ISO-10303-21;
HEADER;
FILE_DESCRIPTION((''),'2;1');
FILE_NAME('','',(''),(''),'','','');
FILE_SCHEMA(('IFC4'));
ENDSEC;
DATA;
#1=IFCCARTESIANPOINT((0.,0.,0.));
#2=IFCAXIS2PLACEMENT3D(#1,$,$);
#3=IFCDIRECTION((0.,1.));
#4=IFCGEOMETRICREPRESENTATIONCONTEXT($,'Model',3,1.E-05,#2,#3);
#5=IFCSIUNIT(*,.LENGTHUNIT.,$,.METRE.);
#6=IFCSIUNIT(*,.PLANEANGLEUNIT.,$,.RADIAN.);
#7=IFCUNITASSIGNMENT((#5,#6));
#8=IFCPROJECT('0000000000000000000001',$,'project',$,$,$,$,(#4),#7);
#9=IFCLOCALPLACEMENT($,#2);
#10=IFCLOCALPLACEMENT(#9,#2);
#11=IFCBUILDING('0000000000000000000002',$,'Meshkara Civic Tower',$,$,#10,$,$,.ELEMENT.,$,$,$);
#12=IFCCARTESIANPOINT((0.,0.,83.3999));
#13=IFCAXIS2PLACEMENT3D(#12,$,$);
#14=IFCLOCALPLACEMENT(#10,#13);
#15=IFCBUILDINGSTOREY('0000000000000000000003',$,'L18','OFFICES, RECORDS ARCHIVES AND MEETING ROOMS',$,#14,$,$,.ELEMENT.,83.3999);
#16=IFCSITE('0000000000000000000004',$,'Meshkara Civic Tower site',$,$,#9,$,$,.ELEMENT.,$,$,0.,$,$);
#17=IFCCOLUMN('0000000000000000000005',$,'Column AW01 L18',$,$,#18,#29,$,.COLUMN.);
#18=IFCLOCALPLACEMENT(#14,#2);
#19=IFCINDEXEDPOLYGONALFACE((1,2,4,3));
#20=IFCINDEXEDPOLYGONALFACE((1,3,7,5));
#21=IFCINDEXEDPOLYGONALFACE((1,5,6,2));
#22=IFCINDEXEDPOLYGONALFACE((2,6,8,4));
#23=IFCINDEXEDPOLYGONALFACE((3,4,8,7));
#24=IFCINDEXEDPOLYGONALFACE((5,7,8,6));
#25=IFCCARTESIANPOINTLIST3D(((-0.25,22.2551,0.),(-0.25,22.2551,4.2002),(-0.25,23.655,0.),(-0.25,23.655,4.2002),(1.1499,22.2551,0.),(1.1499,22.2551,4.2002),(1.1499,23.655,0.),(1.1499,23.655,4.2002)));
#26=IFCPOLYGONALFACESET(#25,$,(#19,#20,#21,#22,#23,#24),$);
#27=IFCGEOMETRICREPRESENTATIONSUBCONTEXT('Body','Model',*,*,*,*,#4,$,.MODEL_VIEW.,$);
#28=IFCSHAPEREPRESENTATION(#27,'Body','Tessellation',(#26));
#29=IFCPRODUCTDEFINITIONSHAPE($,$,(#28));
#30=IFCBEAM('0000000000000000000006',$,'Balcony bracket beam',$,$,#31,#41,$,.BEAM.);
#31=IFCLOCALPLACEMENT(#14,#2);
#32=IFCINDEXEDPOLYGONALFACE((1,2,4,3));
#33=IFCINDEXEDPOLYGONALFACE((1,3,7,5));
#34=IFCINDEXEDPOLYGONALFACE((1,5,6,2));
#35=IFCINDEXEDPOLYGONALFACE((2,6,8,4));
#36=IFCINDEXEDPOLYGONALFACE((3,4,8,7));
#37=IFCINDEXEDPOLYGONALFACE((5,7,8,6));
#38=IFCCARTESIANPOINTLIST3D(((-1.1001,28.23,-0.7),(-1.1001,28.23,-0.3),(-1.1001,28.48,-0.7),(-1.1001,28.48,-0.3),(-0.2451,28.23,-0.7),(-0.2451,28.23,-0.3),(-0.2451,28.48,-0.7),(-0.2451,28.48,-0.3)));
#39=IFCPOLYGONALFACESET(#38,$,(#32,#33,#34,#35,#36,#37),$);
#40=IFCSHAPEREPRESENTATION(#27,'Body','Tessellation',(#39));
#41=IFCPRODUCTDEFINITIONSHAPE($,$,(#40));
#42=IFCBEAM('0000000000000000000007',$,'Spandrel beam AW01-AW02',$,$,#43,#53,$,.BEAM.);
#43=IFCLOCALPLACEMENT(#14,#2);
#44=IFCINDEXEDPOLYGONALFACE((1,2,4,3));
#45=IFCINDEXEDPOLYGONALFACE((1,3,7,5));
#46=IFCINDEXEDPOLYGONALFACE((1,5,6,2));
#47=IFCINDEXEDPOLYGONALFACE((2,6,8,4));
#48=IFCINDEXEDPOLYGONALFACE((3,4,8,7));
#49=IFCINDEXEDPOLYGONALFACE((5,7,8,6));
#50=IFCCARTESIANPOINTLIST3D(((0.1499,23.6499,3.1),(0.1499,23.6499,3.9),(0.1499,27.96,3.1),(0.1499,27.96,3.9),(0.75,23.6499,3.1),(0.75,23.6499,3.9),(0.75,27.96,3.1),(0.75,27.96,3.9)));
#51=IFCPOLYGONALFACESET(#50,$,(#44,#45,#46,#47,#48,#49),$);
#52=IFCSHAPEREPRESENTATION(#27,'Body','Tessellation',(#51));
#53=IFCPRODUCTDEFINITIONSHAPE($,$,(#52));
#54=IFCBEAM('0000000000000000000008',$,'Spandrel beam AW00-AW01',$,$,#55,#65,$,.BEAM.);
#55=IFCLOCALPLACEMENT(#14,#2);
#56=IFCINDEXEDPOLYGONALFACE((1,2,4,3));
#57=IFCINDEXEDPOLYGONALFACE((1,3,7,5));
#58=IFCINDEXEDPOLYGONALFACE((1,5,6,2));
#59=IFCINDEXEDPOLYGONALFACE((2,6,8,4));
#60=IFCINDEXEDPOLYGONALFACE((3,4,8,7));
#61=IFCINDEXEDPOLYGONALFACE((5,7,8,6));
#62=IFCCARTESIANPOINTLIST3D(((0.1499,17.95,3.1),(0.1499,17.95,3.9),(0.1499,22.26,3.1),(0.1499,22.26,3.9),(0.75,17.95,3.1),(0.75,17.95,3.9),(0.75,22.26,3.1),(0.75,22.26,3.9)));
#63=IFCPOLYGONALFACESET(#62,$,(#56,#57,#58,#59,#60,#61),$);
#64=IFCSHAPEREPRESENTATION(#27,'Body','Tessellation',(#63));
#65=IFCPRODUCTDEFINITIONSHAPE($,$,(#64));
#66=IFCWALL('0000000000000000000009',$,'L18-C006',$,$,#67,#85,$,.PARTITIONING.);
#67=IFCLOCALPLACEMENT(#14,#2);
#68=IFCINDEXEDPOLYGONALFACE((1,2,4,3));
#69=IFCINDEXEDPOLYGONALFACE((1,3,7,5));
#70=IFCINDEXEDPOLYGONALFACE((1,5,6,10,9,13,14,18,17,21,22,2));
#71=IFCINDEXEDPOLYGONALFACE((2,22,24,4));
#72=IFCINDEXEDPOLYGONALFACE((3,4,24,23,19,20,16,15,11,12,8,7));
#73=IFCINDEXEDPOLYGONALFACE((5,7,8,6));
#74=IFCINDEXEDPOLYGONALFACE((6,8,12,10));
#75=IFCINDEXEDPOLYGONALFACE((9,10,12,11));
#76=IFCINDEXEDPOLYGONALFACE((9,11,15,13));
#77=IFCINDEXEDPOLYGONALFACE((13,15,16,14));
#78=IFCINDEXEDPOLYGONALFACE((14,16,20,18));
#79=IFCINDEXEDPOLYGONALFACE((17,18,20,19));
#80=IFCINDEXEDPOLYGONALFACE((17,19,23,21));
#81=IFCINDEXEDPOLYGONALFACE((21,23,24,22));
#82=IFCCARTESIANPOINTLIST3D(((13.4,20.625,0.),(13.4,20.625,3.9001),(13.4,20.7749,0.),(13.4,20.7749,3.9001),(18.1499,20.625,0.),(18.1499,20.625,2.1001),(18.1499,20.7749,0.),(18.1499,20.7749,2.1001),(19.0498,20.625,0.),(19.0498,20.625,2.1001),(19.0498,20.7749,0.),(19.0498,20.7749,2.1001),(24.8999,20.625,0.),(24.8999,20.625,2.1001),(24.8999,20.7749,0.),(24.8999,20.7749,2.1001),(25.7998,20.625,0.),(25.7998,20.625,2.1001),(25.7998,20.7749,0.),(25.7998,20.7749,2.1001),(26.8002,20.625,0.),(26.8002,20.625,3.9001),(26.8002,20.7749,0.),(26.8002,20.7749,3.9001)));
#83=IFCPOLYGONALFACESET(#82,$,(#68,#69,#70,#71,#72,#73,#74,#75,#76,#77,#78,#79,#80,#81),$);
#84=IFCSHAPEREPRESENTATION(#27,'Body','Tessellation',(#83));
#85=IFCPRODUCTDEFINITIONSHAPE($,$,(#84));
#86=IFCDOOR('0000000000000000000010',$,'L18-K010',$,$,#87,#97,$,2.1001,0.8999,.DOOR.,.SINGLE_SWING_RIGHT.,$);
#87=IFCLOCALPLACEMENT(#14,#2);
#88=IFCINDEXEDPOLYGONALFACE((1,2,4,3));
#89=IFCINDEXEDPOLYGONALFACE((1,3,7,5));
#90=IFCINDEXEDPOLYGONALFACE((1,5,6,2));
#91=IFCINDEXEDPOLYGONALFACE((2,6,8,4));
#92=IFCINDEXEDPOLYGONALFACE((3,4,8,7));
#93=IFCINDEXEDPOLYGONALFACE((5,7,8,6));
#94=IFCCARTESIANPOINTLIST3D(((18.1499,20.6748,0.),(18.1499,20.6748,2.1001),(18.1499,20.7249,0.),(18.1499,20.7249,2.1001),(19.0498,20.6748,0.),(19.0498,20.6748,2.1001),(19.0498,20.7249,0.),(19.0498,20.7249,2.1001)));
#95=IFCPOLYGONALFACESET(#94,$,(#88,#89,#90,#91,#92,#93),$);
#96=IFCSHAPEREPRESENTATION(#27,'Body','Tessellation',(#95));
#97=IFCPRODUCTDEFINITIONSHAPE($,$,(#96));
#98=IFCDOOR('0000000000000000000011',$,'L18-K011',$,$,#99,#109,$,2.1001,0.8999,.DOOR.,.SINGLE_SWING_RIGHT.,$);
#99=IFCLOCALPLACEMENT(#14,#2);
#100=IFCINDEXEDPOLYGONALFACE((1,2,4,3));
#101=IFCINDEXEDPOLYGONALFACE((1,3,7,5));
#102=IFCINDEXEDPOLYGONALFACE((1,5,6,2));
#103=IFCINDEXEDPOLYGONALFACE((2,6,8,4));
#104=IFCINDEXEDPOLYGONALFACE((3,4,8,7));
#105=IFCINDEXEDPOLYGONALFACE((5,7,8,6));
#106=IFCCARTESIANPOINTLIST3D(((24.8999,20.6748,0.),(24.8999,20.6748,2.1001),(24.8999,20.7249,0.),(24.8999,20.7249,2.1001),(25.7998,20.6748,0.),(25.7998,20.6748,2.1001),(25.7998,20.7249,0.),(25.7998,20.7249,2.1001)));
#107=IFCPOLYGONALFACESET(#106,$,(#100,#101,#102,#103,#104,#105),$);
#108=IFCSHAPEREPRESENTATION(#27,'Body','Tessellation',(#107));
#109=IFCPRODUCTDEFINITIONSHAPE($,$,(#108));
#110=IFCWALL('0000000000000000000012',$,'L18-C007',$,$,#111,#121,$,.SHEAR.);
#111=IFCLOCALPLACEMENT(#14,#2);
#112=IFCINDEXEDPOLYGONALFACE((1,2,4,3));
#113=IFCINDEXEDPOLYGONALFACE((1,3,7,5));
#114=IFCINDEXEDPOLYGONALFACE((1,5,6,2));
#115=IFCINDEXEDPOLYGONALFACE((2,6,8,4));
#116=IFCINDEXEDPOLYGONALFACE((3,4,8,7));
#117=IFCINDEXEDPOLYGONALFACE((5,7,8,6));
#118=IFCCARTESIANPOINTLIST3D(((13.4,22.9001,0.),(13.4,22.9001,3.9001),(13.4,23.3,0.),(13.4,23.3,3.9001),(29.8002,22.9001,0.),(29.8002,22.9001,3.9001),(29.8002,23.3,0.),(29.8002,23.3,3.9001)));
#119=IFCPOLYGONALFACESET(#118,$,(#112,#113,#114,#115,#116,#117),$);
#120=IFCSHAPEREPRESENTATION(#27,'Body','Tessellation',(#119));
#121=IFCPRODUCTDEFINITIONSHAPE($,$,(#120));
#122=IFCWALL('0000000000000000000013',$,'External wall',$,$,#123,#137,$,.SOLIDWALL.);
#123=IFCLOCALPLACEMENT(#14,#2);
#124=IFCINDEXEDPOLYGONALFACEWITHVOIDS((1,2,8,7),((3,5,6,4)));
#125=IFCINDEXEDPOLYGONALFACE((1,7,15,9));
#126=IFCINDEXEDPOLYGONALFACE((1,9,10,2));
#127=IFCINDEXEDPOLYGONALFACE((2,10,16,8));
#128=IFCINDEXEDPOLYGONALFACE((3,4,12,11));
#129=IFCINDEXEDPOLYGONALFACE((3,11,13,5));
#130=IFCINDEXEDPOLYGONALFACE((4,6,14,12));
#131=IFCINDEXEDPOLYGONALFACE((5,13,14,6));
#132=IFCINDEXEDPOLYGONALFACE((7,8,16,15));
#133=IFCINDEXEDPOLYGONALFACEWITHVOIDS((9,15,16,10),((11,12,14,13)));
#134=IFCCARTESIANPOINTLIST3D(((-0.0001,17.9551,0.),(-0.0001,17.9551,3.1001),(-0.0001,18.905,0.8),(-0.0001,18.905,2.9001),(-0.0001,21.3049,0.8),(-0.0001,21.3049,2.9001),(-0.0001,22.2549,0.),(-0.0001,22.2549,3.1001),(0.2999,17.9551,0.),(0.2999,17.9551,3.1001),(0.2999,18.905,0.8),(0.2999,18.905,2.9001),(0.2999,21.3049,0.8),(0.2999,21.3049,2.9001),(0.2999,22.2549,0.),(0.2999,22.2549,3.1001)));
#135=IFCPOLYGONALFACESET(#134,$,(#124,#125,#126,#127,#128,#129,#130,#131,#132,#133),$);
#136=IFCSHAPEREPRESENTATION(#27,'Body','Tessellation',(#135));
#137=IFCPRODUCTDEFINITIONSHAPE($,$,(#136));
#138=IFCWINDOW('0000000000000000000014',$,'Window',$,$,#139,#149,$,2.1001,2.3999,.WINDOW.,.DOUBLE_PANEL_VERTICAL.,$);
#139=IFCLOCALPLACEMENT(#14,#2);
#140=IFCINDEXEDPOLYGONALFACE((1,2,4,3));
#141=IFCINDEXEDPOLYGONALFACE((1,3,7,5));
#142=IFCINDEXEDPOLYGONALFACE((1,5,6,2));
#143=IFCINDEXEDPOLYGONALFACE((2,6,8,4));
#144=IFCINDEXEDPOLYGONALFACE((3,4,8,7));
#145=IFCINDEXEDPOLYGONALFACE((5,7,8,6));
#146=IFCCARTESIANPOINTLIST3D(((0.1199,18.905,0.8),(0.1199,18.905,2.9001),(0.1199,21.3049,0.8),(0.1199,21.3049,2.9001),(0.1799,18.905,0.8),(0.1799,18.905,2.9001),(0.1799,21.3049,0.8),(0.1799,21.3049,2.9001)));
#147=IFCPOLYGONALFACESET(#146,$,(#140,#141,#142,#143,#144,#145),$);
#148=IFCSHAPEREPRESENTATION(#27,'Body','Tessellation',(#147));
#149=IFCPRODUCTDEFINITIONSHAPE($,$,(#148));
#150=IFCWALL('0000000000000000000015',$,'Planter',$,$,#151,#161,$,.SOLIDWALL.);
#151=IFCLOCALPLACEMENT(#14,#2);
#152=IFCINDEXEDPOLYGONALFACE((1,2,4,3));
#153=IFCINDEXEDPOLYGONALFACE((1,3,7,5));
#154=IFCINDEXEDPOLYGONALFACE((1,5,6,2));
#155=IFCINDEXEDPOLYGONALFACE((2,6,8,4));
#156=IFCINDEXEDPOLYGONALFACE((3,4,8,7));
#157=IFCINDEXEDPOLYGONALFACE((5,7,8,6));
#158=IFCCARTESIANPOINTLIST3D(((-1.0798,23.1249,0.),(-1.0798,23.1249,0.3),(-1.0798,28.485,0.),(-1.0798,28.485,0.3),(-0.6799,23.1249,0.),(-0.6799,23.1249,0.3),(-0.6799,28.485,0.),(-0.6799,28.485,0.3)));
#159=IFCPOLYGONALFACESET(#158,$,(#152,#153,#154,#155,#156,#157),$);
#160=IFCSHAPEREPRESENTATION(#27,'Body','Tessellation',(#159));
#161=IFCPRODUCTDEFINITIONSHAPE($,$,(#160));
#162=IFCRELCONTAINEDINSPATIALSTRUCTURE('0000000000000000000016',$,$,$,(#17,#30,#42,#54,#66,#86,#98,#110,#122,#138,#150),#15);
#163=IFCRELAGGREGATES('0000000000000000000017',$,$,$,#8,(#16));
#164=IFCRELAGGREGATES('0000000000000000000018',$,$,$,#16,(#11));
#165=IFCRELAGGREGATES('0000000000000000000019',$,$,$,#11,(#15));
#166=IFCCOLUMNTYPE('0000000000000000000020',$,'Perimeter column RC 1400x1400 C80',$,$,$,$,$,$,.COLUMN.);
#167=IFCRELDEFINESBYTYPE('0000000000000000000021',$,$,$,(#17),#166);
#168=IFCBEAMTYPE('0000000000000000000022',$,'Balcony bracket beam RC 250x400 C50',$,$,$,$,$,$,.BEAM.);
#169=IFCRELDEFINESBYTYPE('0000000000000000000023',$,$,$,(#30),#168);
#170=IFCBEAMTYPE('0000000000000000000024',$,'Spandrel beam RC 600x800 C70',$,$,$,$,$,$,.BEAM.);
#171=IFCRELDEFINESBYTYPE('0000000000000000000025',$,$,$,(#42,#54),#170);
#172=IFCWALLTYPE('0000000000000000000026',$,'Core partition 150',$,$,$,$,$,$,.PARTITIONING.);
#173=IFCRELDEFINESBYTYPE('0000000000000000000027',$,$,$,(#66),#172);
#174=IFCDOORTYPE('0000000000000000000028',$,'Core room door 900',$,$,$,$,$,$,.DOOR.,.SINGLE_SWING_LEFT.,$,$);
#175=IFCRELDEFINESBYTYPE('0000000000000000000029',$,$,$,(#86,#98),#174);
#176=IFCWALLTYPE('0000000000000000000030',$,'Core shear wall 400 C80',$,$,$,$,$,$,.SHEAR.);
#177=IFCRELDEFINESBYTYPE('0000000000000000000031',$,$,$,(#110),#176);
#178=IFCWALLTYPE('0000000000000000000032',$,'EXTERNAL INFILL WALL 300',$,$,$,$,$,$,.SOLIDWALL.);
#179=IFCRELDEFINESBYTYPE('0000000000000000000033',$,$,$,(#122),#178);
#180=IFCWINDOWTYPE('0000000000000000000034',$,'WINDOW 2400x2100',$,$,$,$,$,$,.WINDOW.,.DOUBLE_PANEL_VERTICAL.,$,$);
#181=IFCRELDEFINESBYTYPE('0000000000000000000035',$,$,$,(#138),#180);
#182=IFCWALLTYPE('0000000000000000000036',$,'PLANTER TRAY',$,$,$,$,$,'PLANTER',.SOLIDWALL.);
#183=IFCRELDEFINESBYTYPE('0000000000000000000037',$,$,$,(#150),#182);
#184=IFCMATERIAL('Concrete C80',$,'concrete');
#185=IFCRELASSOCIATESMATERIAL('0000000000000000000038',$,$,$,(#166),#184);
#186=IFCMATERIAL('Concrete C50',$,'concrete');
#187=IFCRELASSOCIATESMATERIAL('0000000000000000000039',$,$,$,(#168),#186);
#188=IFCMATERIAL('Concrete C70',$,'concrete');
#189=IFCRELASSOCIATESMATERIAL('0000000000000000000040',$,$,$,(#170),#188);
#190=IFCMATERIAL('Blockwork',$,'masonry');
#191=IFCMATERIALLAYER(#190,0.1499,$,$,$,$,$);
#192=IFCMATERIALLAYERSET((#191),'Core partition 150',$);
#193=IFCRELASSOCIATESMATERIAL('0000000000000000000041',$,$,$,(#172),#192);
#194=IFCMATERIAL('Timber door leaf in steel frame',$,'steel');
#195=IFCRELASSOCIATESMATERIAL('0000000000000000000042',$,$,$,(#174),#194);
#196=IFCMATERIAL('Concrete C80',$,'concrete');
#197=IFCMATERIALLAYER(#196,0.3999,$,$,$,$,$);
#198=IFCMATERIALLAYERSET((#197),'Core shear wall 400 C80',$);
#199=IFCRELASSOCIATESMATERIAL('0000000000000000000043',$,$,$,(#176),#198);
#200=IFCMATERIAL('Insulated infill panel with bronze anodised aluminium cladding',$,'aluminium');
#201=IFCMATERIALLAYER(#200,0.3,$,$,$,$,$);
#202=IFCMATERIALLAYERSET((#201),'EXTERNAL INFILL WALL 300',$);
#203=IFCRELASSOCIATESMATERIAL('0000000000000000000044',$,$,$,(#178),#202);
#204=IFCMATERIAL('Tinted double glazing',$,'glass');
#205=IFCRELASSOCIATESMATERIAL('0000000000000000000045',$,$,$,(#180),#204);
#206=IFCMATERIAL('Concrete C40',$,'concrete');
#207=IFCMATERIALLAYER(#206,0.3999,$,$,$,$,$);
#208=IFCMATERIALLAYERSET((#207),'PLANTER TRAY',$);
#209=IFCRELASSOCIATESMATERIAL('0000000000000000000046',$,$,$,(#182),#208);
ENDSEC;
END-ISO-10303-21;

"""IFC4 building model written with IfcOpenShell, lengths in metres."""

from ifc_helpers import new_model, si_unit, direction, frame, frame_2d, origin, origin_2d, place, context, subcontext, project, spatial, rectangle, extrude, material, layer, layer_set, material_profile, profile_set, type_object, element, fill, save


model = new_model("IFC4")

# Units and contexts
model_context = context("Model", 3, precision=1e-05, world=origin(), true_north=direction((0.0, 1.0)))
body_context = subcontext(model_context, "Body", "Model", "MODEL_VIEW")
ifc_project = project(units=[si_unit("LENGTHUNIT", "METRE"), si_unit("PLANEANGLEUNIT", "RADIAN")], contexts=[model_context])

# Site, building, storey
site_placement = place(None, origin())
site = spatial("IfcSite", under=ifc_project, at=site_placement, Name="Meshkara Civic Tower site", CompositionType="ELEMENT", RefElevation=0.0)
building_placement = place(site_placement, origin())
building = spatial("IfcBuilding", under=site, at=building_placement, Name="Meshkara Civic Tower", CompositionType="ELEMENT")
storey_placement = place(building_placement, frame((0.0, 0.0, 83.3999)))
storey = spatial("IfcBuildingStorey", under=building, at=storey_placement, Name="L18", Description="OFFICES, RECORDS ARCHIVES AND MEETING ROOMS", CompositionType="ELEMENT", Elevation=83.3999)

# Column
ifc_material_1 = material(Name="Concrete C80", Category="concrete")
ifc_material_profile_1 = material_profile(ifc_material_1, rectangle(XDim=1.3999, YDim=1.3999, at=origin_2d()))
ifc_profile_set_1 = profile_set([ifc_material_profile_1], Name="Concrete C80")
column_type = type_object("IfcColumnType", Name="Perimeter column RC 1400x1400 C80", PredefinedType="COLUMN", material=ifc_profile_set_1)
column_placement = place(storey_placement, frame((0.45, 22.9551, 0.0), z_axis=(0.0, 0.0, 1.0), x_axis=(1.0, 0.0, 0.0)))
element("IfcColumn", 1, at=column_placement, inside=storey, type_object=column_type, Name="Column AW01 L18", PredefinedType="COLUMN", context=body_context, shape_type="SweptSolid", body=[
    extrude(rectangle(XDim=1.3999, YDim=1.3999, at=origin_2d()), origin(), (0.0, 0.0, 1.0), 4.2002),
])

# Beams
ifc_material_2 = material(Name="Concrete C50", Category="concrete")
ifc_material_profile_2 = material_profile(ifc_material_2, rectangle(XDim=0.25, YDim=0.3999, at=origin_2d()))
ifc_profile_set_2 = profile_set([ifc_material_profile_2], Name="Concrete C50")
beam_type_1 = type_object("IfcBeamType", Name="Balcony bracket beam RC 250x400 C50", PredefinedType="BEAM", material=ifc_profile_set_2)
beam_placement = place(storey_placement, frame((-0.2451, 28.355, -0.5), z_axis=(-1.0, 0.0, 0.0), x_axis=(0.0, -1.0, 0.0)))
element("IfcBeam", 2, at=beam_placement, inside=storey, type_object=beam_type_1, Name="Balcony bracket beam", PredefinedType="BEAM", context=body_context, shape_type="SweptSolid", body=[
    extrude(rectangle(XDim=0.25, YDim=0.3999, at=origin_2d()), origin(), (0.0, 0.0, 1.0), 0.855),
])
ifc_material_3 = material(Name="Concrete C70", Category="concrete")
ifc_material_profile_3 = material_profile(ifc_material_3, rectangle(XDim=0.6001, YDim=0.8, at=origin_2d()))
ifc_profile_set_3 = profile_set([ifc_material_profile_3], Name="Concrete C70")
beam_type_2 = type_object("IfcBeamType", Name="Spandrel beam RC 600x800 C70", PredefinedType="BEAM", material=ifc_profile_set_3)
for number, where, z_axis, x_axis, name in (
    (3, (0.45, 27.96, 3.5), (0.0, -1.0, 0.0), (1.0, 0.0, 0.0), "Spandrel beam AW01-AW02"),
    (4, (0.45, 22.26, 3.5), (0.0, -1.0, 0.0), (1.0, 0.0, 0.0), "Spandrel beam AW00-AW01"),
):
    element("IfcBeam", number, at=place(storey_placement, frame(where, z_axis=z_axis, x_axis=x_axis)), inside=storey, type_object=beam_type_2, Name=name, PredefinedType="BEAM", context=body_context, shape_type="SweptSolid", body=[
        extrude(rectangle(XDim=0.6001, YDim=0.8, at=origin_2d()), origin(), (0.0, 0.0, 1.0), 4.3101),
    ])

# Wall, openings, doors
ifc_material_4 = material(Name="Blockwork", Category="masonry")
ifc_layer_1 = layer(ifc_material_4, 0.1499)
ifc_layer_set_1 = layer_set([ifc_layer_1], Name="Core partition 150")
wall_type_1 = type_object("IfcWallType", Name="Core partition 150", PredefinedType="PARTITIONING", material=ifc_layer_set_1)
wall_1_placement = place(storey_placement, frame((13.3999, 20.7, 0.0), z_axis=(0.0, 0.0, 1.0), x_axis=(1.0, 0.0, 0.0)))
wall_1 = element("IfcWall", 5, at=wall_1_placement, inside=storey, type_object=wall_type_1, Name="L18-C006", PredefinedType="PARTITIONING", context=body_context, shape_type="SweptSolid", body=[
    extrude(rectangle(XDim=13.4001, YDim=0.1499, at=frame_2d((6.7002, 0.0))), origin(), (0.0, 0.0, 1.0), 3.9001),
])
opening_1_placement = place(wall_1_placement, frame((4.75, 0.0, 0.0)))
opening_1 = element("IfcOpeningElement", 6, at=opening_1_placement, cuts=wall_1, PredefinedType="OPENING", context=body_context, shape_type="SweptSolid", body=[
    extrude(rectangle(XDim=0.8999, YDim=2.1001, at=frame_2d((0.45, 1.05))), frame((0.0, 0.085, 0.0), z_axis=(0.0, -1.0, 0.0), x_axis=(1.0, 0.0, 0.0)), (0.0, 0.0, 1.0), 0.1699),
])
opening_2_placement = place(wall_1_placement, frame((11.5, 0.0, 0.0)))
opening_2 = element("IfcOpeningElement", 7, at=opening_2_placement, cuts=wall_1, PredefinedType="OPENING", context=body_context, shape_type="SweptSolid", body=[
    extrude(rectangle(XDim=0.8999, YDim=2.1001, at=frame_2d((0.45, 1.05))), frame((0.0, 0.085, 0.0), z_axis=(0.0, -1.0, 0.0), x_axis=(1.0, 0.0, 0.0)), (0.0, 0.0, 1.0), 0.1699),
])
ifc_material_5 = material(Name="Timber door leaf in steel frame", Category="steel")
door_type_1 = type_object("IfcDoorType", Name="Core room door 900", OperationType="SINGLE_SWING_LEFT", PredefinedType="DOOR", material=ifc_material_5)
door_1_placement = place(opening_1_placement, origin())
door_1 = element("IfcDoor", 8, at=door_1_placement, inside=storey, type_object=door_type_1, Name="L18-K010", OperationType="SINGLE_SWING_RIGHT", OverallHeight=2.1001, OverallWidth=0.8999, PredefinedType="DOOR", context=body_context, shape_type="SweptSolid", body=[
    extrude(rectangle(XDim=0.8999, YDim=2.1001, at=frame_2d((0.45, 1.05))), frame((0.0, 0.0249, 0.0), z_axis=(0.0, -1.0, 0.0), x_axis=(1.0, 0.0, 0.0)), (0.0, 0.0, 1.0), 0.05),
])
fill(opening_1, door_1)
door_2_placement = place(opening_2_placement, origin())
door_2 = element("IfcDoor", 9, at=door_2_placement, inside=storey, type_object=door_type_1, Name="L18-K011", OperationType="SINGLE_SWING_RIGHT", OverallHeight=2.1001, OverallWidth=0.8999, PredefinedType="DOOR", context=body_context, shape_type="SweptSolid", body=[
    extrude(rectangle(XDim=0.8999, YDim=2.1001, at=frame_2d((0.45, 1.05))), frame((0.0, 0.0249, 0.0), z_axis=(0.0, -1.0, 0.0), x_axis=(1.0, 0.0, 0.0)), (0.0, 0.0, 1.0), 0.05),
])
fill(opening_2, door_2)

# Wall
ifc_material_6 = material(Name="Concrete C80", Category="concrete")
ifc_layer_2 = layer(ifc_material_6, 0.3999)
ifc_layer_set_2 = layer_set([ifc_layer_2], Name="Core shear wall 400 C80")
wall_type_2 = type_object("IfcWallType", Name="Core shear wall 400 C80", PredefinedType="SHEAR", material=ifc_layer_set_2)
wall_2_placement = place(storey_placement, frame((13.3999, 23.1001, 0.0), z_axis=(0.0, 0.0, 1.0), x_axis=(1.0, 0.0, 0.0)))
element("IfcWall", 10, at=wall_2_placement, inside=storey, type_object=wall_type_2, Name="L18-C007", PredefinedType="SHEAR", context=body_context, shape_type="SweptSolid", body=[
    extrude(rectangle(XDim=16.4001, YDim=0.3999, at=frame_2d((8.2002, 0.0))), origin(), (0.0, 0.0, 1.0), 3.9001),
])

# Wall, opening, window
ifc_material_7 = material(Name="Insulated infill panel with bronze anodised aluminium cladding", Category="aluminium")
ifc_layer_3 = layer(ifc_material_7, 0.3)
ifc_layer_set_3 = layer_set([ifc_layer_3], Name="EXTERNAL INFILL WALL 300")
wall_type_3 = type_object("IfcWallType", Name="EXTERNAL INFILL WALL 300", PredefinedType="SOLIDWALL", material=ifc_layer_set_3)
wall_3_placement = place(storey_placement, frame((0.1499, 22.2549, 0.0), z_axis=(0.0, 0.0, 1.0), x_axis=(0.0, -1.0, 0.0)))
wall_3 = element("IfcWall", 11, at=wall_3_placement, inside=storey, type_object=wall_type_3, Name="External wall", PredefinedType="SOLIDWALL", context=body_context, shape_type="SweptSolid", body=[
    extrude(rectangle(XDim=4.2998, YDim=0.3, at=frame_2d((2.1499, 0.0))), origin(), (0.0, 0.0, 1.0), 3.1001),
])
opening_3_placement = place(wall_3_placement, frame((0.95, 0.0, 0.8)))
opening_3 = element("IfcOpeningElement", 12, at=opening_3_placement, cuts=wall_3, PredefinedType="OPENING", context=body_context, shape_type="SweptSolid", body=[
    extrude(rectangle(XDim=2.3999, YDim=2.1001, at=frame_2d((1.2, 1.05))), frame((0.0, 0.1599, 0.0), z_axis=(0.0, -1.0, 0.0), x_axis=(1.0, 0.0, 0.0)), (0.0, 0.0, 1.0), 0.3201),
])
ifc_material_8 = material(Name="Tinted double glazing", Category="glass")
window_type = type_object("IfcWindowType", Name="WINDOW 2400x2100", PartitioningType="DOUBLE_PANEL_VERTICAL", PredefinedType="WINDOW", material=ifc_material_8)
window_placement = place(opening_3_placement, origin())
window = element("IfcWindow", 13, at=window_placement, inside=storey, type_object=window_type, Name="Window", OverallHeight=2.1001, OverallWidth=2.3999, PartitioningType="DOUBLE_PANEL_VERTICAL", PredefinedType="WINDOW", context=body_context, shape_type="SweptSolid", body=[
    extrude(rectangle(XDim=2.3999, YDim=2.1001, at=frame_2d((1.2, 1.05))), frame((0.0, 0.03, 0.0), z_axis=(0.0, -1.0, 0.0), x_axis=(1.0, 0.0, 0.0)), (0.0, 0.0, 1.0), 0.0601),
])
fill(opening_3, window)

# Wall
ifc_material_9 = material(Name="Concrete C40", Category="concrete")
ifc_layer_4 = layer(ifc_material_9, 0.3999)
ifc_layer_set_4 = layer_set([ifc_layer_4], Name="PLANTER TRAY")
wall_type_4 = type_object("IfcWallType", Name="PLANTER TRAY", ElementType="PLANTER", PredefinedType="SOLIDWALL", material=ifc_layer_set_4)
wall_4_placement = place(storey_placement, frame((-0.8799, 28.4851, 0.0), z_axis=(0.0, 0.0, 1.0), x_axis=(0.0, -1.0, 0.0)))
element("IfcWall", 14, at=wall_4_placement, inside=storey, type_object=wall_type_4, Name="Planter", PredefinedType="SOLIDWALL", context=body_context, shape_type="SweptSolid", body=[
    extrude(rectangle(XDim=5.3601, YDim=0.3999, at=frame_2d((2.6802, 0.0))), origin(), (0.0, 0.0, 1.0), 0.3),
])

save(model, "model.ifc")
